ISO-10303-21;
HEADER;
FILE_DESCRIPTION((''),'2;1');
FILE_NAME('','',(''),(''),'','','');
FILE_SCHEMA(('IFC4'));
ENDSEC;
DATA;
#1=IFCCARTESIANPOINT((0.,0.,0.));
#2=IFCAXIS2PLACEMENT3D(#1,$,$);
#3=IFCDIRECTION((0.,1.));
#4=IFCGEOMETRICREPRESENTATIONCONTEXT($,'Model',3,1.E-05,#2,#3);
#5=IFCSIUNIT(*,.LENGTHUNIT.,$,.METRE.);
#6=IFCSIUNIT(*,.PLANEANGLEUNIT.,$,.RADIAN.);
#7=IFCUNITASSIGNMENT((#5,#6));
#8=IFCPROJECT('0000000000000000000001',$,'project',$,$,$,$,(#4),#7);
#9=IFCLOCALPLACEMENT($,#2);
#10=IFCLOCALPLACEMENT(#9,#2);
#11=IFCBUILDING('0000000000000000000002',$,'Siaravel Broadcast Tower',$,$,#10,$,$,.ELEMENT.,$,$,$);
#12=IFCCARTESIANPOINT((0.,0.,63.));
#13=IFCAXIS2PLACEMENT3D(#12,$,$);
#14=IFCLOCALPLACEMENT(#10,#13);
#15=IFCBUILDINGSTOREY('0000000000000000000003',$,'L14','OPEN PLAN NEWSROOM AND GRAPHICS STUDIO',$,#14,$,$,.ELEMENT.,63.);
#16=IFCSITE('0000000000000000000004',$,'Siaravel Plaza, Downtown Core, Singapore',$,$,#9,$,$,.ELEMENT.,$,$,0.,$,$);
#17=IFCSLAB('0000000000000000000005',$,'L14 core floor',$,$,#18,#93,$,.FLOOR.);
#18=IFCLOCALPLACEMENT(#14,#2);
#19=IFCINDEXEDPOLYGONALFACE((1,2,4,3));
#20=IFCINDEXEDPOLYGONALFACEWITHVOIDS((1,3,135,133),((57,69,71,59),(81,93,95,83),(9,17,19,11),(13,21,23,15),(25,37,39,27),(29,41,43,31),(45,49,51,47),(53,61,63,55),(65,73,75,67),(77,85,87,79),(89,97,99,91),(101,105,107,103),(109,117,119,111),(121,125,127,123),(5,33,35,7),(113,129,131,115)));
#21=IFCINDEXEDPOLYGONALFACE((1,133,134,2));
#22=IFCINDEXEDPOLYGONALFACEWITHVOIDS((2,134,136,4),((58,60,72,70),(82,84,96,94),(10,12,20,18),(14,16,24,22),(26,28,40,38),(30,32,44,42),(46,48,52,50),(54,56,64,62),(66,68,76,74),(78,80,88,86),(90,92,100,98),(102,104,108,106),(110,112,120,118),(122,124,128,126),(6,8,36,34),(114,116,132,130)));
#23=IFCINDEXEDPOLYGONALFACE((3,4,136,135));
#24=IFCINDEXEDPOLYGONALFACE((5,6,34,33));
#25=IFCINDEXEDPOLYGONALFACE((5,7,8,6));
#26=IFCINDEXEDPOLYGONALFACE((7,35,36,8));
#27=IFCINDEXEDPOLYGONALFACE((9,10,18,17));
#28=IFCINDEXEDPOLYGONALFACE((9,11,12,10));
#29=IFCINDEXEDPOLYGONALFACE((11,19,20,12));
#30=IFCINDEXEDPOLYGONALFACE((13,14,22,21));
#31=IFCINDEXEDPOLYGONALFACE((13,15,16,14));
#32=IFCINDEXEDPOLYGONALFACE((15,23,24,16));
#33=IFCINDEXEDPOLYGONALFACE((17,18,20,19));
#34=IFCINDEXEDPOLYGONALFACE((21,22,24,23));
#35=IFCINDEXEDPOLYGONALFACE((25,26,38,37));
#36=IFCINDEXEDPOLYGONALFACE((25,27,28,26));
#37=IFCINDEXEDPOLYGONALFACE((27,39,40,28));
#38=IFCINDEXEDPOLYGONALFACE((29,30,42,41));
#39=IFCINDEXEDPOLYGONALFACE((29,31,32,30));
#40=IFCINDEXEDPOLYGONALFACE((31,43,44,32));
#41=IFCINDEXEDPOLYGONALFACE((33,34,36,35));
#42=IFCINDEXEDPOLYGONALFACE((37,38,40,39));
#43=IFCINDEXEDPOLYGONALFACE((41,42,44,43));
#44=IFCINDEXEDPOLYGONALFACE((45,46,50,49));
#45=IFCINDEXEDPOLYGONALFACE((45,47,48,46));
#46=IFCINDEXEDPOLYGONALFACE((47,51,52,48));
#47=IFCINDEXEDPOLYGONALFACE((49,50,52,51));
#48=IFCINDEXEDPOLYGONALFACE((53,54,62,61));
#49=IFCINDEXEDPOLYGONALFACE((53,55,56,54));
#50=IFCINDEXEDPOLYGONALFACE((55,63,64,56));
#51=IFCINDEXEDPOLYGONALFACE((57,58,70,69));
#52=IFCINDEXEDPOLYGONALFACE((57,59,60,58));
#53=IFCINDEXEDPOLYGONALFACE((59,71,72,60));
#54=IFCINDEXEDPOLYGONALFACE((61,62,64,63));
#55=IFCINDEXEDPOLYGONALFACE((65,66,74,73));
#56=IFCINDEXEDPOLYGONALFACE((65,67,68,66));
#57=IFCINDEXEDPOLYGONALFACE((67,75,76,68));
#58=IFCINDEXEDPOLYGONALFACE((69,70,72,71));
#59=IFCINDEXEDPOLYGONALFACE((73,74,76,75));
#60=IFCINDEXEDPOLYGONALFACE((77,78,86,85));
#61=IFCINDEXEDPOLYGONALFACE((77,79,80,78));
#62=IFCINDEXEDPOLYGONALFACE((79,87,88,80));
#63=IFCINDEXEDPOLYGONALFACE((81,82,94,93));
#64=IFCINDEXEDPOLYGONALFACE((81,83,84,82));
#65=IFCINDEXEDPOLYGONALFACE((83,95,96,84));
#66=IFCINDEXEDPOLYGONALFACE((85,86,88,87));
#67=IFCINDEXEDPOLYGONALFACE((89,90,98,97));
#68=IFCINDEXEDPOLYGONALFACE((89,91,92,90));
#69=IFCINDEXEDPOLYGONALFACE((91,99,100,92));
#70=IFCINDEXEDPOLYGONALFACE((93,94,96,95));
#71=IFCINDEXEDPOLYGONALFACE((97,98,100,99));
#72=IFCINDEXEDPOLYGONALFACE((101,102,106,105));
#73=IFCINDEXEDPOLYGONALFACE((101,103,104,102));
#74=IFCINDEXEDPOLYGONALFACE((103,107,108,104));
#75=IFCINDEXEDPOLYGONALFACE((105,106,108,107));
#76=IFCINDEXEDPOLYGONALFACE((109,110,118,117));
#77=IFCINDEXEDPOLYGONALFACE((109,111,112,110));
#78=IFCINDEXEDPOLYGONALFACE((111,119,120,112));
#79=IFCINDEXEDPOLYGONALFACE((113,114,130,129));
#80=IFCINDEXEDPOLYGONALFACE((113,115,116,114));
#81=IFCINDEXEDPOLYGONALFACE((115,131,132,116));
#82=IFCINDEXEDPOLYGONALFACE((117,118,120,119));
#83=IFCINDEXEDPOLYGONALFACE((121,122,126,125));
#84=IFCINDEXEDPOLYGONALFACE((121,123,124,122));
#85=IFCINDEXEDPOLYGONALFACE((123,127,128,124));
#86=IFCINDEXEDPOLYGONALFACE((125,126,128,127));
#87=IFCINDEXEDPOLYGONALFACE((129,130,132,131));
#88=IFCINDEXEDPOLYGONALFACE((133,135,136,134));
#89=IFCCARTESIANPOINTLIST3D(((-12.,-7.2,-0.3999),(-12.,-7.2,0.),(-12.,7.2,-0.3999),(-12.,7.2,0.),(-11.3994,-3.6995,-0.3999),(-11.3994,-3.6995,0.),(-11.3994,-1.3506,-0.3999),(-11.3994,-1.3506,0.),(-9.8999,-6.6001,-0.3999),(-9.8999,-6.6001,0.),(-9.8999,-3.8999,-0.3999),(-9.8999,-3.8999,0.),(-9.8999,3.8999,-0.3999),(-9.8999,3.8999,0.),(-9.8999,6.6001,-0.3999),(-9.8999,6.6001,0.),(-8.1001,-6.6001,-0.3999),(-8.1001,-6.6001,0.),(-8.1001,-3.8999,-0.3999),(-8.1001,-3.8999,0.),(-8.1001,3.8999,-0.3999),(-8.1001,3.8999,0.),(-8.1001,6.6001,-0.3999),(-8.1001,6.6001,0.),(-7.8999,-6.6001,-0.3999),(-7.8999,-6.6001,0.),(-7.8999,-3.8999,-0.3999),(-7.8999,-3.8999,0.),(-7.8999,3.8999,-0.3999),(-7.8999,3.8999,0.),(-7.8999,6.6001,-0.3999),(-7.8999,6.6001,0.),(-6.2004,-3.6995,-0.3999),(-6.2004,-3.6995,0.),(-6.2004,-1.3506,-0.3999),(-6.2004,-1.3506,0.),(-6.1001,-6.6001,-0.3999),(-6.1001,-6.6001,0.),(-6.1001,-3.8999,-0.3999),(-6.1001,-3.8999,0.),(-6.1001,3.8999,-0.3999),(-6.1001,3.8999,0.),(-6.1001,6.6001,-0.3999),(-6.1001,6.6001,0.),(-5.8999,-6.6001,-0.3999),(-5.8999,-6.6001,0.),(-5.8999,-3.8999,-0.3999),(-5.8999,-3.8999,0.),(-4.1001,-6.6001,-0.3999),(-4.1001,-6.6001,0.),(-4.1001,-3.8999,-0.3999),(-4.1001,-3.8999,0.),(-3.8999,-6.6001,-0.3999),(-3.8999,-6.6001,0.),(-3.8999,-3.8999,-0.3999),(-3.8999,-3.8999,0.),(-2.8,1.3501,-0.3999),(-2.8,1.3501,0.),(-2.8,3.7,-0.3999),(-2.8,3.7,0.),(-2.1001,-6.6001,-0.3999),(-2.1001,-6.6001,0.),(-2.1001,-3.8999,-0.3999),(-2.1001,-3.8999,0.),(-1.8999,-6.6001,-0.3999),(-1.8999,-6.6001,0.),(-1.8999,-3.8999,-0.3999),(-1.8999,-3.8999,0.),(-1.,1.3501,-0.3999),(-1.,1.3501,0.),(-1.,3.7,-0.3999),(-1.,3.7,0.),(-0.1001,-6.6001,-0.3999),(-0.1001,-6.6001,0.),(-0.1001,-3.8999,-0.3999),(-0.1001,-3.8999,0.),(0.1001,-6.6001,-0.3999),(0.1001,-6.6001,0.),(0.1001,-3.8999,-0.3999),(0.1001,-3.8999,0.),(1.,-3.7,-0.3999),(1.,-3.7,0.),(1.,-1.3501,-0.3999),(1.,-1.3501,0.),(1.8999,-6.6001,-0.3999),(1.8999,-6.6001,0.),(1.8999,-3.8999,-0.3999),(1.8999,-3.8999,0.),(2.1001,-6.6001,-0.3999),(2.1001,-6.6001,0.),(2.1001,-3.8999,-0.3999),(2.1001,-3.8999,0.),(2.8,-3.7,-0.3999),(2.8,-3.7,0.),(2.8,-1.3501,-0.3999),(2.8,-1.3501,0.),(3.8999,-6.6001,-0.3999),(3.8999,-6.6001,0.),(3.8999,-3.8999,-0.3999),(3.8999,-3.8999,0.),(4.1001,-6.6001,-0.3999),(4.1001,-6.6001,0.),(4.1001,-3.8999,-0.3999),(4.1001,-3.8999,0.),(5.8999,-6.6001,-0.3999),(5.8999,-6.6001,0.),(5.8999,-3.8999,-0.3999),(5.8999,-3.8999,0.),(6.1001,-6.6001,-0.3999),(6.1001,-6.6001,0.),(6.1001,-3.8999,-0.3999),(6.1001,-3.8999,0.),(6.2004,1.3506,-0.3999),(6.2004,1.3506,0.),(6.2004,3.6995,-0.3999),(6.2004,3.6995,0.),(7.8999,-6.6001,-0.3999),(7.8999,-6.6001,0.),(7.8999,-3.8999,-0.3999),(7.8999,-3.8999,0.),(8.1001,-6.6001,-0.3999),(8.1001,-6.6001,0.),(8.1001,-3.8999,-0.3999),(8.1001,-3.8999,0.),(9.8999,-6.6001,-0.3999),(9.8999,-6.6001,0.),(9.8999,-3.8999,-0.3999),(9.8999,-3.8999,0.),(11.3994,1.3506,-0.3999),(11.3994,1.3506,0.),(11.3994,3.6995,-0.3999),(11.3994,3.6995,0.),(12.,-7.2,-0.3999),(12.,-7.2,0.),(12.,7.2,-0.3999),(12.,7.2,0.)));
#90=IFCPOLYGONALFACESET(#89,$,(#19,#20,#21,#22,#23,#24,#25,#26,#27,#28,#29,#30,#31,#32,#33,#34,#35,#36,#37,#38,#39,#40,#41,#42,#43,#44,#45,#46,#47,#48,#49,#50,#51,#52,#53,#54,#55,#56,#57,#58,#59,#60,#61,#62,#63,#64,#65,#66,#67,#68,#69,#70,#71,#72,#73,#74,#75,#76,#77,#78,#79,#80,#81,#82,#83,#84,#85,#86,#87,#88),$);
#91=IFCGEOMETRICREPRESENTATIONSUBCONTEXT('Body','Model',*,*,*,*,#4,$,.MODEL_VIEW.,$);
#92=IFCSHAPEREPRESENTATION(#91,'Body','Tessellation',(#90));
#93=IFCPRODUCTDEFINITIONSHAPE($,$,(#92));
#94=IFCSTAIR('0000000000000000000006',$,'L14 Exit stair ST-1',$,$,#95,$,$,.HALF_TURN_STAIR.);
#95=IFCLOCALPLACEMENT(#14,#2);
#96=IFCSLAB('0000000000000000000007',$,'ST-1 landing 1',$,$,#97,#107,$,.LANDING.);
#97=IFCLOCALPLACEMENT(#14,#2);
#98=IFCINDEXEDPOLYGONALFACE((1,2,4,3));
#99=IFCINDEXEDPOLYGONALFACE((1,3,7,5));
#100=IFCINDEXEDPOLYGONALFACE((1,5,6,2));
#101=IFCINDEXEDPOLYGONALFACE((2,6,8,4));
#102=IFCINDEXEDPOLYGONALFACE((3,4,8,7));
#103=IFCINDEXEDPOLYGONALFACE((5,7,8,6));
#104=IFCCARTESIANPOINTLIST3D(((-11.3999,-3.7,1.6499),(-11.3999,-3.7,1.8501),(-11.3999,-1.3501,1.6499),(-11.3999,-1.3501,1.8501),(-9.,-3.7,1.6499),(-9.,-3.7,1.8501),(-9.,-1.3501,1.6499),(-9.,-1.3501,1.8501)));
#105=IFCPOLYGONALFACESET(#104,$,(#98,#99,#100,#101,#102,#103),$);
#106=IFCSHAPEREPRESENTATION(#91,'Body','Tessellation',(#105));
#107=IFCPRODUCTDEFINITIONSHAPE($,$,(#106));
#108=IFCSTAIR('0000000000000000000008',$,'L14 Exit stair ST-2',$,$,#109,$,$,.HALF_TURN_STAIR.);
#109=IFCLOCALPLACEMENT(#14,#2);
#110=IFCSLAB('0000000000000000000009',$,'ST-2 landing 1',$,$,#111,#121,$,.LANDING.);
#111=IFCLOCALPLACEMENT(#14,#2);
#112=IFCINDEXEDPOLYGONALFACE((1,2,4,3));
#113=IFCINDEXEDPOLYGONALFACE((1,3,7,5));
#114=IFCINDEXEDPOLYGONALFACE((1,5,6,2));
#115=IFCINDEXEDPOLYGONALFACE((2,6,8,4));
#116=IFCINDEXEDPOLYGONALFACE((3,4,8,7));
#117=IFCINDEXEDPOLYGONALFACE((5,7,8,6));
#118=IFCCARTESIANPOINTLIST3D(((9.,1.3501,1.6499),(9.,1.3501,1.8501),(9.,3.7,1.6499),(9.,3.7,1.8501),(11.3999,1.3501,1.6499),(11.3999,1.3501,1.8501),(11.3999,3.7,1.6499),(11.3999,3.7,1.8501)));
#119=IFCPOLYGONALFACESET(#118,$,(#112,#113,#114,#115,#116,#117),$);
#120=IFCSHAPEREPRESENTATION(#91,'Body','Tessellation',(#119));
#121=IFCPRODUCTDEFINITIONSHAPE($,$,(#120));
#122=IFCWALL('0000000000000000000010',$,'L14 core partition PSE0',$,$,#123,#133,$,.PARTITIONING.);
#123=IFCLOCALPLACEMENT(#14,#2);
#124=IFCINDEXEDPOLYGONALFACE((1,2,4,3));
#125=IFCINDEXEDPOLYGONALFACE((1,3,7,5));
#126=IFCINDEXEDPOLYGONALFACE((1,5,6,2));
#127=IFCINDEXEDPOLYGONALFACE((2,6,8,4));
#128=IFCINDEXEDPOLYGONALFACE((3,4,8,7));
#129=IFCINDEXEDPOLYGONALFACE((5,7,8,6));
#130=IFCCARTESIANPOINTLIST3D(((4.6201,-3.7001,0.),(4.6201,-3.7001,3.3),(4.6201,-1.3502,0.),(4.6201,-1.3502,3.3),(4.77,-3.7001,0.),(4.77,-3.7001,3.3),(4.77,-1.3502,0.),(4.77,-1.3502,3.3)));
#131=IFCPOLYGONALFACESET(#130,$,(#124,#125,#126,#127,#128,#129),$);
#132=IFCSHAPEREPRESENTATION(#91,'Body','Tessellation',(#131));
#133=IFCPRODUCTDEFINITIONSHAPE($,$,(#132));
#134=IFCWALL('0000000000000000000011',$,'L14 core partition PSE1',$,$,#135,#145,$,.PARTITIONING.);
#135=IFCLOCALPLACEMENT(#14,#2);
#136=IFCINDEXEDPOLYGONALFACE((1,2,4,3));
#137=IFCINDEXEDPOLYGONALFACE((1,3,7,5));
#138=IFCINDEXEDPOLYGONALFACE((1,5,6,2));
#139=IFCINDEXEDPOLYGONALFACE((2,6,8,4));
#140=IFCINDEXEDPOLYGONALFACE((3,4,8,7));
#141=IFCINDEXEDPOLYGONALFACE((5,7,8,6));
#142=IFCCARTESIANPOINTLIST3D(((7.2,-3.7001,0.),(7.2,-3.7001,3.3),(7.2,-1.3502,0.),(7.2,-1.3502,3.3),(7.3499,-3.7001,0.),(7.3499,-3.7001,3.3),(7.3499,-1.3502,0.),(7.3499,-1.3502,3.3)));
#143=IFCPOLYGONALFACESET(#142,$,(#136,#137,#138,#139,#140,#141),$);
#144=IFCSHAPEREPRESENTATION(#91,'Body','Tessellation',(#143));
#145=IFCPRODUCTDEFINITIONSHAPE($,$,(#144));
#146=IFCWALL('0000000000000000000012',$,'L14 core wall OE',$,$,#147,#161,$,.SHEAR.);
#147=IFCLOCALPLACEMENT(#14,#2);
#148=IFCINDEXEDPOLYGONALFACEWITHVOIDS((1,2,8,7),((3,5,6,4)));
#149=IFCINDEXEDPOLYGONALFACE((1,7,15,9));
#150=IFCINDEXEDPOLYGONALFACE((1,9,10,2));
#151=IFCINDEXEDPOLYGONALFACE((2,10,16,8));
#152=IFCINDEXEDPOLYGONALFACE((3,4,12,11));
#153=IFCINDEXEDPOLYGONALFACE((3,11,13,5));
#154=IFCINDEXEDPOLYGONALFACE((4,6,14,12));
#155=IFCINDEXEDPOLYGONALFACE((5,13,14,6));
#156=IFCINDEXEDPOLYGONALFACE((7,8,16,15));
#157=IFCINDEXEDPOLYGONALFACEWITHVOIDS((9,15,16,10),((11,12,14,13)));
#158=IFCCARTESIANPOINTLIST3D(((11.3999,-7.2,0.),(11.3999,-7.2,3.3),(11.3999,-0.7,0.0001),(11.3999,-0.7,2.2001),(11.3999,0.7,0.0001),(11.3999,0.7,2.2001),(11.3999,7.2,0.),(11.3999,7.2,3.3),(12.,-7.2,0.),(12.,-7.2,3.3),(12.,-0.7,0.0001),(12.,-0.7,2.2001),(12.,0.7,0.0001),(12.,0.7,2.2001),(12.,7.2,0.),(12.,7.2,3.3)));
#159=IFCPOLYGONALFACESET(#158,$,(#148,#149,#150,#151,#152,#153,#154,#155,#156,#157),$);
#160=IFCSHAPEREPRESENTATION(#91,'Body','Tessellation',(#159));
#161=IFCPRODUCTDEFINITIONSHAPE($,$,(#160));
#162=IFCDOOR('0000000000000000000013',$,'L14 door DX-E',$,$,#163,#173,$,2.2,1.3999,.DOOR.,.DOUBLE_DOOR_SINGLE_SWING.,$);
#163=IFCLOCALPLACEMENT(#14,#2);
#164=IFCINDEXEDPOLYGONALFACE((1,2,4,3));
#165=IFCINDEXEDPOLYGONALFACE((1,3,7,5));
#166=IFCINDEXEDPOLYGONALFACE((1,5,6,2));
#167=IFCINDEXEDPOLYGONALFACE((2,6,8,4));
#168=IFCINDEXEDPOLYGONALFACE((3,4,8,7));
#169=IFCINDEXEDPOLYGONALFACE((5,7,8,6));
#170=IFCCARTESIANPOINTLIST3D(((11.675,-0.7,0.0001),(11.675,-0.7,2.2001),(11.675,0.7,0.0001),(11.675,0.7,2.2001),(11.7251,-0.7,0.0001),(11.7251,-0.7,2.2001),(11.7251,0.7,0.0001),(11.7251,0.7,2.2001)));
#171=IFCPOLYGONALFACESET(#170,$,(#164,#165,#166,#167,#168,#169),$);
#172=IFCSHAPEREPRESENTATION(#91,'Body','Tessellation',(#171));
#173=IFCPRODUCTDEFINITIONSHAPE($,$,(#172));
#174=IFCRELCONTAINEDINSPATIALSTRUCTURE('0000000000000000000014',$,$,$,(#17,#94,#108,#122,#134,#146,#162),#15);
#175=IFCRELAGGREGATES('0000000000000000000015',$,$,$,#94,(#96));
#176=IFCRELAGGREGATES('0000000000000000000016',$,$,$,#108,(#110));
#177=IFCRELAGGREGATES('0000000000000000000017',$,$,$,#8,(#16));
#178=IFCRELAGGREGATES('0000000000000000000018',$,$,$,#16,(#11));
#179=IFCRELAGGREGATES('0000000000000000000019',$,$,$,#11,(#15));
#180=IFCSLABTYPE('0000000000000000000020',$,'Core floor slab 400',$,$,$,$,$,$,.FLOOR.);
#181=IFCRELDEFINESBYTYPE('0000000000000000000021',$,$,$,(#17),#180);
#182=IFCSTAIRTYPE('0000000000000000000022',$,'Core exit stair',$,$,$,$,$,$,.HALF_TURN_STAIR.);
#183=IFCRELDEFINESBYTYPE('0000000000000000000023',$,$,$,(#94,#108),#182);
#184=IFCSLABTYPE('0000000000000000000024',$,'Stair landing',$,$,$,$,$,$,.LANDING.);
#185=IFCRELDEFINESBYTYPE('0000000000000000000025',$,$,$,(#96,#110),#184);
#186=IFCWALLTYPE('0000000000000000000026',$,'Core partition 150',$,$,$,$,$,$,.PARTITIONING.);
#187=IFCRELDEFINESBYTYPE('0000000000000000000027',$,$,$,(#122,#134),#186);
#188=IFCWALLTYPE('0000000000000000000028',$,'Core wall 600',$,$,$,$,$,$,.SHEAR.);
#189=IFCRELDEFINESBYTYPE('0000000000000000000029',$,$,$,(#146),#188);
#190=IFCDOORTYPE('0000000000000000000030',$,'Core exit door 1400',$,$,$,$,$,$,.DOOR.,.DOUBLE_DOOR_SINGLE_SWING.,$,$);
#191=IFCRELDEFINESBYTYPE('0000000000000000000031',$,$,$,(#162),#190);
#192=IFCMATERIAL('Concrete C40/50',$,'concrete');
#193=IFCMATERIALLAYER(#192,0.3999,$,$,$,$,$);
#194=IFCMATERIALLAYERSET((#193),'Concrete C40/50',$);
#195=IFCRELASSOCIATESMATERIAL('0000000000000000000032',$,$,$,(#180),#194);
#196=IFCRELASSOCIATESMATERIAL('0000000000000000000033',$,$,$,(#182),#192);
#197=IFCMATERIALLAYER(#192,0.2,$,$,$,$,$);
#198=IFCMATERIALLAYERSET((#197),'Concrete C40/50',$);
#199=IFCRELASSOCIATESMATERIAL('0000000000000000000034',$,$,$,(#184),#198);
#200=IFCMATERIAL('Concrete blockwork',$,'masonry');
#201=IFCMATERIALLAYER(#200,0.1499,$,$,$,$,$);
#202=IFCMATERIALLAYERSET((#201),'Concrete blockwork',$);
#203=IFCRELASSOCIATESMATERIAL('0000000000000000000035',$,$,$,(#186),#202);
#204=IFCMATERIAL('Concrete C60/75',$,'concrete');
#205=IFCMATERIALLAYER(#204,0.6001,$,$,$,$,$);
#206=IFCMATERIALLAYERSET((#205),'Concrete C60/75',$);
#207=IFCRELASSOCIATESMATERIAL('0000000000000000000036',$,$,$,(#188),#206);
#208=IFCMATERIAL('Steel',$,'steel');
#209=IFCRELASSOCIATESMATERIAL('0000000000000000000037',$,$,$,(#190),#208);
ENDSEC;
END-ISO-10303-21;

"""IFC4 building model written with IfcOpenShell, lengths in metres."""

from ifc_helpers import new_model, si_unit, direction, frame, frame_2d, origin, place, context, subcontext, project, spatial, polyline, rectangle, outline, extrude, material, layer, layer_set, type_object, element, fill, aggregate, save


model = new_model("IFC4")

# Units and contexts
model_context = context("Model", 3, precision=1e-05, world=origin(), true_north=direction((0.0, 1.0)))
body_context = subcontext(model_context, "Body", "Model", "MODEL_VIEW")
ifc_project = project(units=[si_unit("LENGTHUNIT", "METRE"), si_unit("PLANEANGLEUNIT", "RADIAN")], contexts=[model_context])

# Site, building, storey
site_placement = place(None, origin())
site = spatial("IfcSite", under=ifc_project, at=site_placement, Name="Siaravel Plaza, Downtown Core, Singapore", CompositionType="ELEMENT", RefElevation=0.0)
building_placement = place(site_placement, origin())
building = spatial("IfcBuilding", under=site, at=building_placement, Name="Siaravel Broadcast Tower", CompositionType="ELEMENT")
storey_placement = place(building_placement, frame((0.0, 0.0, 63.0)))
storey = spatial("IfcBuildingStorey", under=building, at=storey_placement, Name="L14", Description="OPEN PLAN NEWSROOM AND GRAPHICS STUDIO", CompositionType="ELEMENT", Elevation=63.0)

# Slab
ifc_material_1 = material(Name="Concrete C40/50", Category="concrete")
ifc_layer_1 = layer(ifc_material_1, 0.3999)
ifc_layer_set_1 = layer_set([ifc_layer_1], Name="Concrete C40/50")
slab_type_1 = type_object("IfcSlabType", Name="Core floor slab 400", PredefinedType="FLOOR", material=ifc_layer_set_1)
slab_1_placement = place(storey_placement, frame((0.0, 0.0, -0.3999)))
element("IfcSlab", 1, at=slab_1_placement, inside=storey, type_object=slab_type_1, Name="L14 core floor", PredefinedType="FLOOR", context=body_context, shape_type="SweptSolid", body=[
    extrude(outline(polyline([(-12.0, -7.2), (-12.0, 7.2), (12.0, 7.2), (12.0, -7.2), (-12.0, -7.2)]), holes=[polyline([(11.3994, 1.3506), (11.3994, 3.6995), (6.2004, 3.6995), (6.2004, 1.3506), (11.3994, 1.3506)]), polyline([(9.8999, -3.8999), (8.1001, -3.8999), (8.1001, -6.6001), (9.8999, -6.6001), (9.8999, -3.8999)]), polyline([(7.8999, -3.8999), (6.1001, -3.8999), (6.1001, -6.6001), (7.8999, -6.6001), (7.8999, -3.8999)]), polyline([(5.8999, -3.8999), (4.1001, -3.8999), (4.1001, -6.6001), (5.8999, -6.6001), (5.8999, -3.8999)]), polyline([(3.8999, -3.8999), (2.1001, -3.8999), (2.1001, -6.6001), (3.8999, -6.6001), (3.8999, -3.8999)]), polyline([(2.8, -1.3501), (1.0, -1.3501), (1.0, -3.7), (2.8, -3.7), (2.8, -1.3501)]), polyline([(1.8999, -3.8999), (0.1001, -3.8999), (0.1001, -6.6001), (1.8999, -6.6001), (1.8999, -3.8999)]), polyline([(-0.1001, -3.8999), (-1.8999, -3.8999), (-1.8999, -6.6001), (-0.1001, -6.6001), (-0.1001, -3.8999)]), polyline([(-1.0, 3.7), (-2.8, 3.7), (-2.8, 1.3501), (-1.0, 1.3501), (-1.0, 3.7)]), polyline([(-2.1001, -3.8999), (-3.8999, -3.8999), (-3.8999, -6.6001), (-2.1001, -6.6001), (-2.1001, -3.8999)]), polyline([(-4.1001, -3.8999), (-5.8999, -3.8999), (-5.8999, -6.6001), (-4.1001, -6.6001), (-4.1001, -3.8999)]), polyline([(-6.1001, -3.8999), (-7.8999, -3.8999), (-7.8999, -6.6001), (-6.1001, -6.6001), (-6.1001, -3.8999)]), polyline([(-6.1001, 6.6001), (-7.8999, 6.6001), (-7.8999, 3.8999), (-6.1001, 3.8999), (-6.1001, 6.6001)]), polyline([(-11.3994, -1.3506), (-11.3994, -3.6995), (-6.2004, -3.6995), (-6.2004, -1.3506), (-11.3994, -1.3506)]), polyline([(-8.1001, -3.8999), (-9.8999, -3.8999), (-9.8999, -6.6001), (-8.1001, -6.6001), (-8.1001, -3.8999)]), polyline([(-8.1001, 6.6001), (-9.8999, 6.6001), (-9.8999, 3.8999), (-8.1001, 3.8999), (-8.1001, 6.6001)])]), origin(), (0.0, 0.0, 1.0), 0.3999),
])

# Stairs, slabs
stair_type = type_object("IfcStairType", Name="Core exit stair", PredefinedType="HALF_TURN_STAIR", material=ifc_material_1)
stair_1_placement = place(storey_placement, origin())
stair_1 = element("IfcStair", 2, at=stair_1_placement, inside=storey, type_object=stair_type, Name="L14 Exit stair ST-1", PredefinedType="HALF_TURN_STAIR")
ifc_layer_2 = layer(ifc_material_1, 0.2)
ifc_layer_set_2 = layer_set([ifc_layer_2], Name="Concrete C40/50")
slab_type_2 = type_object("IfcSlabType", Name="Stair landing", PredefinedType="LANDING", material=ifc_layer_set_2)
slab_2_placement = place(storey_placement, frame((0.0, 0.0, 1.6499)))
slab_2 = element("IfcSlab", 3, at=slab_2_placement, type_object=slab_type_2, Name="ST-1 landing 1", PredefinedType="LANDING", context=body_context, shape_type="SweptSolid", body=[
    extrude(outline(polyline([(-9.0, -1.3501), (-11.3999, -1.3501), (-11.3999, -3.7), (-9.0, -3.7), (-9.0, -1.3501)])), origin(), (0.0, 0.0, 1.0), 0.2002),
])
aggregate(stair_1, [slab_2])
stair_2_placement = place(storey_placement, origin())
stair_2 = element("IfcStair", 4, at=stair_2_placement, inside=storey, type_object=stair_type, Name="L14 Exit stair ST-2", PredefinedType="HALF_TURN_STAIR")
slab_3_placement = place(storey_placement, frame((0.0, 0.0, 1.6499)))
slab_3 = element("IfcSlab", 5, at=slab_3_placement, type_object=slab_type_2, Name="ST-2 landing 1", PredefinedType="LANDING", context=body_context, shape_type="SweptSolid", body=[
    extrude(outline(polyline([(9.0, 1.3501), (11.3999, 1.3501), (11.3999, 3.7), (9.0, 3.7), (9.0, 1.3501)])), origin(), (0.0, 0.0, 1.0), 0.2002),
])
aggregate(stair_2, [slab_3])

# Walls
ifc_material_2 = material(Name="Concrete blockwork", Category="masonry")
ifc_layer_3 = layer(ifc_material_2, 0.1499)
ifc_layer_set_3 = layer_set([ifc_layer_3], Name="Concrete blockwork")
wall_type_1 = type_object("IfcWallType", Name="Core partition 150", PredefinedType="PARTITIONING", material=ifc_layer_set_3)
for number, where, z_axis, x_axis, name in (
    (6, (4.6951, -3.7, 0.0), (0.0, 0.0, 1.0), (0.0, 1.0, 0.0), "L14 core partition PSE0"),
    (7, (7.2749, -3.7, 0.0), (0.0, 0.0, 1.0), (0.0, 1.0, 0.0), "L14 core partition PSE1"),
):
    element("IfcWall", number, at=place(storey_placement, frame(where, z_axis=z_axis, x_axis=x_axis)), inside=storey, type_object=wall_type_1, Name=name, PredefinedType="PARTITIONING", context=body_context, shape_type="SweptSolid", body=[
        extrude(rectangle(XDim=2.3499, YDim=0.1499, at=frame_2d((1.1748, 0.0))), origin(), (0.0, 0.0, 1.0), 3.3),
    ])

# Wall, opening, door
ifc_material_3 = material(Name="Concrete C60/75", Category="concrete")
ifc_layer_4 = layer(ifc_material_3, 0.6001)
ifc_layer_set_4 = layer_set([ifc_layer_4], Name="Concrete C60/75")
wall_type_2 = type_object("IfcWallType", Name="Core wall 600", PredefinedType="SHEAR", material=ifc_layer_set_4)
wall_1_placement = place(storey_placement, frame((11.7, -7.2, 0.0), z_axis=(0.0, 0.0, 1.0), x_axis=(0.0, 1.0, 0.0)))
wall_1 = element("IfcWall", 8, at=wall_1_placement, inside=storey, type_object=wall_type_2, Name="L14 core wall OE", PredefinedType="SHEAR", context=body_context, shape_type="SweptSolid", body=[
    extrude(rectangle(XDim=14.3999, YDim=0.6001, at=frame_2d((7.2, 0.0))), origin(), (0.0, 0.0, 1.0), 3.3),
])
opening_1_placement = place(wall_1_placement, frame((6.5, 0.0, 0.0)))
opening_1 = element("IfcOpeningElement", 9, at=opening_1_placement, cuts=wall_1, PredefinedType="OPENING", context=body_context, shape_type="SweptSolid", body=[
    extrude(rectangle(XDim=1.3999, YDim=2.2, at=frame_2d((0.7, 1.1001))), frame((0.0, 0.3101, 0.0), z_axis=(0.0, -1.0, 0.0), x_axis=(1.0, 0.0, 0.0)), (0.0, 0.0, 1.0), 0.6201),
])
ifc_material_4 = material(Name="Steel", Category="steel")
door_type_1 = type_object("IfcDoorType", Name="Core exit door 1400", OperationType="DOUBLE_DOOR_SINGLE_SWING", PredefinedType="DOOR", material=ifc_material_4)
door_1_placement = place(opening_1_placement, origin())
door_1 = element("IfcDoor", 10, at=door_1_placement, inside=storey, type_object=door_type_1, Name="L14 door DX-E", OperationType="DOUBLE_DOOR_SINGLE_SWING", OverallHeight=2.2, OverallWidth=1.3999, PredefinedType="DOOR", context=body_context, shape_type="SweptSolid", body=[
    extrude(rectangle(XDim=1.3999, YDim=2.2, at=frame_2d((0.7, 1.1001))), frame((0.0, 0.0249, 0.0), z_axis=(0.0, -1.0, 0.0), x_axis=(1.0, 0.0, 0.0)), (0.0, 0.0, 1.0), 0.05),
])
fill(opening_1, door_1)

save(model, "model.ifc")
